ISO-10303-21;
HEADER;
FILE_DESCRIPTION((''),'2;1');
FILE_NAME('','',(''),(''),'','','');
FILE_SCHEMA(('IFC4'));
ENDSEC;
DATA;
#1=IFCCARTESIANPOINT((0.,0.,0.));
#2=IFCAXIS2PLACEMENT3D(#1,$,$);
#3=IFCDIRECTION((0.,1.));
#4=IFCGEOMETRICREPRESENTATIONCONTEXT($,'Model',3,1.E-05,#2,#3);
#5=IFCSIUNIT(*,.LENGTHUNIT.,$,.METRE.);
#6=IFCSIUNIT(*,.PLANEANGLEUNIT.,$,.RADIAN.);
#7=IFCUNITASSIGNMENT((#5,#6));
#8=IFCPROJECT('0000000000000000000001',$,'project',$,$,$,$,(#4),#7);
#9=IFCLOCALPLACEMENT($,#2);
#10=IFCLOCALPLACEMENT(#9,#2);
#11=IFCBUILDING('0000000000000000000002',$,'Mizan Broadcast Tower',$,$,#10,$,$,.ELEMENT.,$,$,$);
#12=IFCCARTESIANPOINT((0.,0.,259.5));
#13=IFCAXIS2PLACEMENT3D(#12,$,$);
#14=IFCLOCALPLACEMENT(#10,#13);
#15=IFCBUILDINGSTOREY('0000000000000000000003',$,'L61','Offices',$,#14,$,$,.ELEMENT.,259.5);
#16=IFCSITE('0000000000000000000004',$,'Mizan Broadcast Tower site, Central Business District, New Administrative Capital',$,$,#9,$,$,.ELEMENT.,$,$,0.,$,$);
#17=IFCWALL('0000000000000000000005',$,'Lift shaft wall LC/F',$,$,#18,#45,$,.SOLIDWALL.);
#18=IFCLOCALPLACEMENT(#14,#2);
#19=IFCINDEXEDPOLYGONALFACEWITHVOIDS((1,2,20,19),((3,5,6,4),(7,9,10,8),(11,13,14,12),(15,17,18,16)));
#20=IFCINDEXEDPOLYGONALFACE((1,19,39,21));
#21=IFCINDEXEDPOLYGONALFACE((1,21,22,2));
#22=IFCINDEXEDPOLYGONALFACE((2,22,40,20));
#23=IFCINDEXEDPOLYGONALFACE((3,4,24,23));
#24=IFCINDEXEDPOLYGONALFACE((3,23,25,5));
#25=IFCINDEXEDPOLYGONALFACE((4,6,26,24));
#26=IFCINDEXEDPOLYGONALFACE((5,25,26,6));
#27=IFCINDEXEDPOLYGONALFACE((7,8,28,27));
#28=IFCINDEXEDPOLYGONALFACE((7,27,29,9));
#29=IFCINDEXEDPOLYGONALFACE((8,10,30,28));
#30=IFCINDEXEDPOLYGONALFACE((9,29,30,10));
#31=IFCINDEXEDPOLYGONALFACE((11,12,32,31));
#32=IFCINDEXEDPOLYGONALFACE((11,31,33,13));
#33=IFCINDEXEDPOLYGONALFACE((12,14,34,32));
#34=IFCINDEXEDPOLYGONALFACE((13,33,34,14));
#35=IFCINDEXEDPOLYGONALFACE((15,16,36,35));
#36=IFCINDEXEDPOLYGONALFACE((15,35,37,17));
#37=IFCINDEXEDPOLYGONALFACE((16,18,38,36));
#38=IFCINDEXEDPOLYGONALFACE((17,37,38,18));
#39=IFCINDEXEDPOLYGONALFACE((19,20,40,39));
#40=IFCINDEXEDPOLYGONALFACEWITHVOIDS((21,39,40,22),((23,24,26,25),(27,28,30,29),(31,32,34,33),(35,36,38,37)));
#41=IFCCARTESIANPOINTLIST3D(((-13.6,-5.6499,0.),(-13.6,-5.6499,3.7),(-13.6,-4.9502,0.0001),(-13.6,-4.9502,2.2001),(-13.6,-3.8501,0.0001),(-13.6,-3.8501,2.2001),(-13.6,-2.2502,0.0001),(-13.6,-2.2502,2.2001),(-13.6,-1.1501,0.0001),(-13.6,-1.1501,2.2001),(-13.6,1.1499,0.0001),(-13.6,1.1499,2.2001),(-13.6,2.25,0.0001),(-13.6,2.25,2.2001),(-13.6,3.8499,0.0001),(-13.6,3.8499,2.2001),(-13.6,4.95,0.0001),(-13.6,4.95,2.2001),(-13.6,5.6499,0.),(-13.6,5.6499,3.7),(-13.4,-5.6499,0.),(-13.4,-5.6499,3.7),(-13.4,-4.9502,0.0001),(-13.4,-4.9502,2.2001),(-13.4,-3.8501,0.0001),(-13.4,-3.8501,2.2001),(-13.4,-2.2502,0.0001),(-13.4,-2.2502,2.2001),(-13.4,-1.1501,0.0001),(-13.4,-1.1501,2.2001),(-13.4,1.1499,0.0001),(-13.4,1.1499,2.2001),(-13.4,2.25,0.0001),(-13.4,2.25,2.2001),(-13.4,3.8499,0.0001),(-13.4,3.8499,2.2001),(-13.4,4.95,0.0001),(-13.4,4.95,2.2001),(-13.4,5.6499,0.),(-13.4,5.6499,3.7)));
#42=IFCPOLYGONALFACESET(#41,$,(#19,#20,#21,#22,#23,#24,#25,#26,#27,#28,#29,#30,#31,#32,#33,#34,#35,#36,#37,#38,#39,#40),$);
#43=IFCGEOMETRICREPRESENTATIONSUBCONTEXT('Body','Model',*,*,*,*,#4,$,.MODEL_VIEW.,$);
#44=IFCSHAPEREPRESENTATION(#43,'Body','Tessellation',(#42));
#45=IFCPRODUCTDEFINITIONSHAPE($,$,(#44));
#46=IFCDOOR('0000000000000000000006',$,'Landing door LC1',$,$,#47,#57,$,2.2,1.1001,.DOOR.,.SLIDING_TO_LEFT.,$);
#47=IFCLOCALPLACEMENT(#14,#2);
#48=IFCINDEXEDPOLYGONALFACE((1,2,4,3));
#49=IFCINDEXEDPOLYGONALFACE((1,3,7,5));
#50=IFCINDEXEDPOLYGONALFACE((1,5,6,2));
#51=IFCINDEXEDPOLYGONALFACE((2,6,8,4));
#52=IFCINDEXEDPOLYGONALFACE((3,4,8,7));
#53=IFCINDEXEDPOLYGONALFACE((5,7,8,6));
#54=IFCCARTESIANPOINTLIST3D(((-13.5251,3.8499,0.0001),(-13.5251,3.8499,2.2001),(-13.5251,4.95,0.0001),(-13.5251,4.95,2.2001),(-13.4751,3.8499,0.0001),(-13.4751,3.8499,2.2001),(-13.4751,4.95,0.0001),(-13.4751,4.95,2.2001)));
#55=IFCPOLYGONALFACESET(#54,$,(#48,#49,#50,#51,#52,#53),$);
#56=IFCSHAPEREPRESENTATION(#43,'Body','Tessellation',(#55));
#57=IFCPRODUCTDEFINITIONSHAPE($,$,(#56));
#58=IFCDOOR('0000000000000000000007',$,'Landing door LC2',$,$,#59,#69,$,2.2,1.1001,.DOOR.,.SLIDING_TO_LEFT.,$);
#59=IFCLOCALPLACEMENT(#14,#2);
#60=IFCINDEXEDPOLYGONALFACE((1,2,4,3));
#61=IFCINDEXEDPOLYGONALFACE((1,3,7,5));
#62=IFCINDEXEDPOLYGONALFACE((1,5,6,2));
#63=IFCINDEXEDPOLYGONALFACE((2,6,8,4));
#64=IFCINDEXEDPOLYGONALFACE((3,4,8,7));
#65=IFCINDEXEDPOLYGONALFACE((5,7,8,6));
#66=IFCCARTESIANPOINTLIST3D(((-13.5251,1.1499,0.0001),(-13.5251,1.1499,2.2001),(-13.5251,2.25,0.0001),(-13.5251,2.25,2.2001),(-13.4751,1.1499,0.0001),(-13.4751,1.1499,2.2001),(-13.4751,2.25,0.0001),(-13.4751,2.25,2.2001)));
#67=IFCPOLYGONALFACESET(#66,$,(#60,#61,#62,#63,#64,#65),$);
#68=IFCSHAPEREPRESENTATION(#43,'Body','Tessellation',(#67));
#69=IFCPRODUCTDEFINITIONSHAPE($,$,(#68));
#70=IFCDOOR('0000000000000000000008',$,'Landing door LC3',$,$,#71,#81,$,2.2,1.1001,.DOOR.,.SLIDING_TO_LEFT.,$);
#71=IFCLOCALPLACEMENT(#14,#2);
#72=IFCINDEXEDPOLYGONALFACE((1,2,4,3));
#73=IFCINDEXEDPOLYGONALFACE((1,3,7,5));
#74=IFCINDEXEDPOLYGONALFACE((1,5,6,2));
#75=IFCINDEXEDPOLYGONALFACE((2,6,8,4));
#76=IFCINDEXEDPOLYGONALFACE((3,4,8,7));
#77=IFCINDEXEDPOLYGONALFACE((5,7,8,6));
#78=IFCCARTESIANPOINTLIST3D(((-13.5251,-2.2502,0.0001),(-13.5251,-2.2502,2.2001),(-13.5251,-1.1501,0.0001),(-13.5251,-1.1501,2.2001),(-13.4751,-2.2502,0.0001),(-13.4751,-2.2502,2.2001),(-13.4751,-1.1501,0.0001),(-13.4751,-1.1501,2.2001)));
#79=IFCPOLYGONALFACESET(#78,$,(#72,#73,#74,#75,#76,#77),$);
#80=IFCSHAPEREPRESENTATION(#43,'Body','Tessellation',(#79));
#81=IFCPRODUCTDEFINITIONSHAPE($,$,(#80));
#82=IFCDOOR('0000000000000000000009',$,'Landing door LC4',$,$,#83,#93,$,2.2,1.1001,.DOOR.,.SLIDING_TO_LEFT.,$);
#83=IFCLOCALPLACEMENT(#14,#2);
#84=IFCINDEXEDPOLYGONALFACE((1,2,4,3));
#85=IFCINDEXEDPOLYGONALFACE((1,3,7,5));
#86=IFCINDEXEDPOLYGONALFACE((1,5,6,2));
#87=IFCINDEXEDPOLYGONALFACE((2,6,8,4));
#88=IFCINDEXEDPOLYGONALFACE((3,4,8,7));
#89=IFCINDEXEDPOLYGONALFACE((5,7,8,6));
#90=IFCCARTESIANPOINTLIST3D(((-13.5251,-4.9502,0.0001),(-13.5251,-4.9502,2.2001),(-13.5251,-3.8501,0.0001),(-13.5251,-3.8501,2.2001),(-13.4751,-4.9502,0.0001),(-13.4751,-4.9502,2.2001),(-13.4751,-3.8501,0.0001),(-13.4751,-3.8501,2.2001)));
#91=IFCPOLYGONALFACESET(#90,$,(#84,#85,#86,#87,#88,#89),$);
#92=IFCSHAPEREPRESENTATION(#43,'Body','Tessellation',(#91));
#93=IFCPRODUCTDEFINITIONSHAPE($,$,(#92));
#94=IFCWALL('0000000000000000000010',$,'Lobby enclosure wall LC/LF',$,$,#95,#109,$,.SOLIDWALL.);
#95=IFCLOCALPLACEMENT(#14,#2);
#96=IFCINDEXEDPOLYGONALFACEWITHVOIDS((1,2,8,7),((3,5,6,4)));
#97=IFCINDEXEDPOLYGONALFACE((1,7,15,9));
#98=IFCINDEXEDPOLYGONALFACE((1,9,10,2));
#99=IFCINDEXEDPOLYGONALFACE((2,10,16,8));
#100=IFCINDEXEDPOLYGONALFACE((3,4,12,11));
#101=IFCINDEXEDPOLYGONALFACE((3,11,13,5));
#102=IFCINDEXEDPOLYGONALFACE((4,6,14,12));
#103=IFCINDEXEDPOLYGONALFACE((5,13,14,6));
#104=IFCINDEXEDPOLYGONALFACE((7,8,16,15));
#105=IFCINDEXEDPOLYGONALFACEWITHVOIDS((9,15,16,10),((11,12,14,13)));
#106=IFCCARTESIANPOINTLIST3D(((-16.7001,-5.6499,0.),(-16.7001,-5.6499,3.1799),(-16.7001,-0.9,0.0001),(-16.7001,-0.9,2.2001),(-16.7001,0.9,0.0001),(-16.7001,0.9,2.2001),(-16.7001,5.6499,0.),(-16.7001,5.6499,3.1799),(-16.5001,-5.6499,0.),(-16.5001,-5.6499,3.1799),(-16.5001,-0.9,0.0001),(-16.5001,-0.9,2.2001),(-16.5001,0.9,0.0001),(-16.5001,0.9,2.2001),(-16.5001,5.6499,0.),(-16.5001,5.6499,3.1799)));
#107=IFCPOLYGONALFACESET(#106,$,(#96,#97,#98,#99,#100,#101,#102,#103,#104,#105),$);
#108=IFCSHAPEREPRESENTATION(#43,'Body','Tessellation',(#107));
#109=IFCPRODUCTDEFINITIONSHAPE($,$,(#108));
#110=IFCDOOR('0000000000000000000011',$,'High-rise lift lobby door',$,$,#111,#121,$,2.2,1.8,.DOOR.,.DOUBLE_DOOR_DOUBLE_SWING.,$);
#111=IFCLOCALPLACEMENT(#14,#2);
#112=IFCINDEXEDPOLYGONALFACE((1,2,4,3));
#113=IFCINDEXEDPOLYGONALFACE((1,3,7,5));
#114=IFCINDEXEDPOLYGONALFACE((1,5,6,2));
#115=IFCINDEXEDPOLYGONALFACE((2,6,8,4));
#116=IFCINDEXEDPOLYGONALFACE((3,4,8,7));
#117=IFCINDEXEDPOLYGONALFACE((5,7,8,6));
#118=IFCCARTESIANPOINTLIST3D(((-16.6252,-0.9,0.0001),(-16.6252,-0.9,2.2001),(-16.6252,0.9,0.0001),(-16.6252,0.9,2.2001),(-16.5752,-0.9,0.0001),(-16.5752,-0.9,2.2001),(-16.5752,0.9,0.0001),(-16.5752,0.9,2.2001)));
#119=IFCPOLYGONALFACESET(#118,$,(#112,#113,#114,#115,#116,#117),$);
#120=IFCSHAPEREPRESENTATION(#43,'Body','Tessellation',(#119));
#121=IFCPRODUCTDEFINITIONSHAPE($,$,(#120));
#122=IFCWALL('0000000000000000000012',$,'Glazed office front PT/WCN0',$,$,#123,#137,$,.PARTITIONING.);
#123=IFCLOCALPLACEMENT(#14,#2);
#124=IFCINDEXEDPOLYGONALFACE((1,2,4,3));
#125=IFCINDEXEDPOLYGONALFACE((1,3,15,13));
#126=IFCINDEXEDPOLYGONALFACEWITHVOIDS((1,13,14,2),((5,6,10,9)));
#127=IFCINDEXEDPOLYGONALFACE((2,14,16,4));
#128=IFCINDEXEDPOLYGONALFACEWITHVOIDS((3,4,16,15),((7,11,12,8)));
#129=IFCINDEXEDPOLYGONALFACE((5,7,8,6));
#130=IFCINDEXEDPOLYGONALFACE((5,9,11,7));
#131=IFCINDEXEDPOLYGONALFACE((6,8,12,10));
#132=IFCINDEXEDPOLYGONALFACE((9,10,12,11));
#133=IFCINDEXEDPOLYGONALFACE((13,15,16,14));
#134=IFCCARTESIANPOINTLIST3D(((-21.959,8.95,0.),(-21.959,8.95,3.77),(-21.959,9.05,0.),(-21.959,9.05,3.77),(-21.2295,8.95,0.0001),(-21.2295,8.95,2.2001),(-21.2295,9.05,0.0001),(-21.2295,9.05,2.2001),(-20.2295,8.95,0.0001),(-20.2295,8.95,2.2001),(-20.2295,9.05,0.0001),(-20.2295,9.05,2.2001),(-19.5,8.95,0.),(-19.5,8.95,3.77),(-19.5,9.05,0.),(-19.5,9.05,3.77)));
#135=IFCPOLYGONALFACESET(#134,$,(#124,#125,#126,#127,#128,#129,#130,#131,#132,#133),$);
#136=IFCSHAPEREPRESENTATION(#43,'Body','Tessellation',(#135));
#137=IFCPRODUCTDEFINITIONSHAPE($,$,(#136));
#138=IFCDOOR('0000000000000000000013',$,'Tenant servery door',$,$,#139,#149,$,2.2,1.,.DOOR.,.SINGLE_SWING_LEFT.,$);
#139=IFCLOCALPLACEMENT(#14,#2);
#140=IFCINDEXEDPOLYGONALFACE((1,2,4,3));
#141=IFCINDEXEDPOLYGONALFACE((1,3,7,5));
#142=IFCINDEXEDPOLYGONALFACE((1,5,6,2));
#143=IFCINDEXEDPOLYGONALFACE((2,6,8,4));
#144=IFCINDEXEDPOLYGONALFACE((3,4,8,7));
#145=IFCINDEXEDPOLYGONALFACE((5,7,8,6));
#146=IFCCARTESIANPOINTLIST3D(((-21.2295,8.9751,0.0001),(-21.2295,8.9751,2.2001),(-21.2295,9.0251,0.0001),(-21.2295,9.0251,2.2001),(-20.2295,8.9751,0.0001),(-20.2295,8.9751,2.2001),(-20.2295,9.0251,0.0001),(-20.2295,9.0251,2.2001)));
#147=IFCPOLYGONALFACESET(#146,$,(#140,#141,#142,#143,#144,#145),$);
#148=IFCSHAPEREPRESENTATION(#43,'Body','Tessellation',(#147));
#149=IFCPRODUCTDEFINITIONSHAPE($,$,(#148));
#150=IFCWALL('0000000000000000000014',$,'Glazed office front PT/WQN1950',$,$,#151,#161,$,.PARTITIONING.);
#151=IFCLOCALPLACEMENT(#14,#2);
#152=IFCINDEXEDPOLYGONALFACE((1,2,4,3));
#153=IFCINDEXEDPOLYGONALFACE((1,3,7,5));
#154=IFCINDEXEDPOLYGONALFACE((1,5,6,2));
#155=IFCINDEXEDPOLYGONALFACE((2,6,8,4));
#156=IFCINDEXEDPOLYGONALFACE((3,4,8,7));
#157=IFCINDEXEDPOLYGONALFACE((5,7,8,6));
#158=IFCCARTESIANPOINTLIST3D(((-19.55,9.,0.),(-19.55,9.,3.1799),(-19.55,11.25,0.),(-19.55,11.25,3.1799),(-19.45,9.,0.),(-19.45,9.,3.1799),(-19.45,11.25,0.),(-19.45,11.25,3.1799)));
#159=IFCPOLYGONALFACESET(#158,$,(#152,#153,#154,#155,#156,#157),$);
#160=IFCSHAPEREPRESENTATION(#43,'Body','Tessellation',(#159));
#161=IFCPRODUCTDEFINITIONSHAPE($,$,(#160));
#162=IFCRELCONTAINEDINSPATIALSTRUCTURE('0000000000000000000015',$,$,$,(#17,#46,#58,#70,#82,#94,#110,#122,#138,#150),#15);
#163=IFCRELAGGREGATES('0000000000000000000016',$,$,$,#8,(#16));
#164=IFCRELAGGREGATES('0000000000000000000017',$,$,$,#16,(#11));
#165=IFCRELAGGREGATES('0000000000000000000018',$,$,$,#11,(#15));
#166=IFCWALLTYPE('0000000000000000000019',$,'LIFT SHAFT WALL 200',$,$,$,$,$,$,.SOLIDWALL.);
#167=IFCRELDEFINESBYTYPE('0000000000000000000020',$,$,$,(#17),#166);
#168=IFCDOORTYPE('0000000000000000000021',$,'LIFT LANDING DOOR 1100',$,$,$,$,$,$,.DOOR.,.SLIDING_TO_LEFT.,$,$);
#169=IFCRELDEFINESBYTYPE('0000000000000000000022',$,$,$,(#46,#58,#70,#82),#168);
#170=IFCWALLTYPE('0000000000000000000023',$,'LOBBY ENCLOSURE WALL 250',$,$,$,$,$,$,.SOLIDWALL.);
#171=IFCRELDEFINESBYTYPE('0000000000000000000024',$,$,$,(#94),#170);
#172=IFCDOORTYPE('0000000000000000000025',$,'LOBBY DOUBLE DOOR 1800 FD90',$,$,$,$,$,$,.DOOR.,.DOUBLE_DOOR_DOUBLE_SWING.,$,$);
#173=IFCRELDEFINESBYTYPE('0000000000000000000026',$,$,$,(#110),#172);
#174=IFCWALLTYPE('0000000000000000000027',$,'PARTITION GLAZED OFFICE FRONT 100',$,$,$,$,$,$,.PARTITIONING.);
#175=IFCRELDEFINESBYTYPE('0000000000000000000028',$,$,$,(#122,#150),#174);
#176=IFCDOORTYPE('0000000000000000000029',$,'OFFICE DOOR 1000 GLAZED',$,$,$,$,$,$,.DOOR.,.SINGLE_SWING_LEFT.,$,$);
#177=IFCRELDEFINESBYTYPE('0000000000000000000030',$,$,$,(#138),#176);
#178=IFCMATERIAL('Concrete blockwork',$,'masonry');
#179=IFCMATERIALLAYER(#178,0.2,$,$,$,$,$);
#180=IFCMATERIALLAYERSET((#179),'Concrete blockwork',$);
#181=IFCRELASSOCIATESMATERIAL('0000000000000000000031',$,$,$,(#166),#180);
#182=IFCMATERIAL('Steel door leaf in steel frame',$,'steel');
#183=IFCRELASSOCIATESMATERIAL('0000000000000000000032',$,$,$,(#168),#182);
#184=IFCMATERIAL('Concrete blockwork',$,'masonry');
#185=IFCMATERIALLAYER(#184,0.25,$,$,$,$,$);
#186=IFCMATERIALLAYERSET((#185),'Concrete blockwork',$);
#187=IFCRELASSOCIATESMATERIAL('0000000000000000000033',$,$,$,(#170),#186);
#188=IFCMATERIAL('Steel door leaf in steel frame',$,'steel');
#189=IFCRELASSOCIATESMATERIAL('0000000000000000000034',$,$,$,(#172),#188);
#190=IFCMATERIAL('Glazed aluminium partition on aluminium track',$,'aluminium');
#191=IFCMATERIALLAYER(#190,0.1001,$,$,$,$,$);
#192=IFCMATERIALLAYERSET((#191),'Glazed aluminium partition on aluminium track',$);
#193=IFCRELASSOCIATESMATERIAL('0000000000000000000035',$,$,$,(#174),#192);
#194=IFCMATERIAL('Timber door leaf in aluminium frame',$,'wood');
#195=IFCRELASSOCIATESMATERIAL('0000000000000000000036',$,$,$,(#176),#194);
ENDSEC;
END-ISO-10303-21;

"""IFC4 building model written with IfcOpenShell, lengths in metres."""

from ifc_helpers import new_model, si_unit, direction, frame, frame_2d, origin, place, context, subcontext, project, spatial, rectangle, extrude, material, layer, layer_set, type_object, element, fill, save


model = new_model("IFC4")

# Units and contexts
model_context = context("Model", 3, precision=1e-05, world=origin(), true_north=direction((0.0, 1.0)))
body_context = subcontext(model_context, "Body", "Model", "MODEL_VIEW")
ifc_project = project(units=[si_unit("LENGTHUNIT", "METRE"), si_unit("PLANEANGLEUNIT", "RADIAN")], contexts=[model_context])

# Site, building, storey
site_placement = place(None, origin())
site = spatial("IfcSite", under=ifc_project, at=site_placement, Name="Mizan Broadcast Tower site, Central Business District, New Administrative Capital", CompositionType="ELEMENT", RefElevation=0.0)
building_placement = place(site_placement, origin())
building = spatial("IfcBuilding", under=site, at=building_placement, Name="Mizan Broadcast Tower", CompositionType="ELEMENT")
storey_placement = place(building_placement, frame((0.0, 0.0, 259.5)))
storey = spatial("IfcBuildingStorey", under=building, at=storey_placement, Name="L61", Description="Offices", CompositionType="ELEMENT", Elevation=259.5)

# Wall, openings, doors
ifc_material_1 = material(Name="Concrete blockwork", Category="masonry")
ifc_layer_1 = layer(ifc_material_1, 0.2)
ifc_layer_set_1 = layer_set([ifc_layer_1], Name="Concrete blockwork")
wall_type_1 = type_object("IfcWallType", Name="LIFT SHAFT WALL 200", PredefinedType="SOLIDWALL", material=ifc_layer_set_1)
wall_1_placement = place(storey_placement, frame((-13.5, 5.6499, 0.0), z_axis=(0.0, 0.0, 1.0), x_axis=(0.0, -1.0, 0.0)))
wall_1 = element("IfcWall", 1, at=wall_1_placement, inside=storey, type_object=wall_type_1, Name="Lift shaft wall LC/F", PredefinedType="SOLIDWALL", context=body_context, shape_type="SweptSolid", body=[
    extrude(rectangle(XDim=11.2998, YDim=0.2, at=frame_2d((5.6499, 0.0))), origin(), (0.0, 0.0, 1.0), 3.7),
])
opening_1_placement = place(wall_1_placement, frame((0.7, 0.0, 0.0)))
opening_1 = element("IfcOpeningElement", 2, at=opening_1_placement, cuts=wall_1, PredefinedType="OPENING", context=body_context, shape_type="SweptSolid", body=[
    extrude(rectangle(XDim=1.1001, YDim=2.2, at=frame_2d((0.55, 1.1001))), frame((0.0, 0.1099, 0.0), z_axis=(0.0, -1.0, 0.0), x_axis=(1.0, 0.0, 0.0)), (0.0, 0.0, 1.0), 0.22),
])
opening_2_placement = place(wall_1_placement, frame((3.3999, 0.0, 0.0)))
opening_2 = element("IfcOpeningElement", 3, at=opening_2_placement, cuts=wall_1, PredefinedType="OPENING", context=body_context, shape_type="SweptSolid", body=[
    extrude(rectangle(XDim=1.1001, YDim=2.2, at=frame_2d((0.55, 1.1001))), frame((0.0, 0.1099, 0.0), z_axis=(0.0, -1.0, 0.0), x_axis=(1.0, 0.0, 0.0)), (0.0, 0.0, 1.0), 0.22),
])
opening_3_placement = place(wall_1_placement, frame((6.8, 0.0, 0.0)))
opening_3 = element("IfcOpeningElement", 4, at=opening_3_placement, cuts=wall_1, PredefinedType="OPENING", context=body_context, shape_type="SweptSolid", body=[
    extrude(rectangle(XDim=1.1001, YDim=2.2, at=frame_2d((0.55, 1.1001))), frame((0.0, 0.1099, 0.0), z_axis=(0.0, -1.0, 0.0), x_axis=(1.0, 0.0, 0.0)), (0.0, 0.0, 1.0), 0.22),
])
opening_4_placement = place(wall_1_placement, frame((9.5, 0.0, 0.0)))
opening_4 = element("IfcOpeningElement", 5, at=opening_4_placement, cuts=wall_1, PredefinedType="OPENING", context=body_context, shape_type="SweptSolid", body=[
    extrude(rectangle(XDim=1.1001, YDim=2.2, at=frame_2d((0.55, 1.1001))), frame((0.0, 0.1099, 0.0), z_axis=(0.0, -1.0, 0.0), x_axis=(1.0, 0.0, 0.0)), (0.0, 0.0, 1.0), 0.22),
])
ifc_material_2 = material(Name="Steel door leaf in steel frame", Category="steel")
door_type_1 = type_object("IfcDoorType", Name="LIFT LANDING DOOR 1100", OperationType="SLIDING_TO_LEFT", PredefinedType="DOOR", material=ifc_material_2)
door_1_placement = place(opening_1_placement, origin())
door_1 = element("IfcDoor", 6, at=door_1_placement, inside=storey, type_object=door_type_1, Name="Landing door LC1", OperationType="SLIDING_TO_LEFT", OverallHeight=2.2, OverallWidth=1.1001, PredefinedType="DOOR", context=body_context, shape_type="SweptSolid", body=[
    extrude(rectangle(XDim=1.1001, YDim=2.2, at=frame_2d((0.55, 1.1001))), frame((0.0, 0.0249, 0.0), z_axis=(0.0, -1.0, 0.0), x_axis=(1.0, 0.0, 0.0)), (0.0, 0.0, 1.0), 0.05),
])
fill(opening_1, door_1)
door_2_placement = place(opening_2_placement, origin())
door_2 = element("IfcDoor", 7, at=door_2_placement, inside=storey, type_object=door_type_1, Name="Landing door LC2", OperationType="SLIDING_TO_LEFT", OverallHeight=2.2, OverallWidth=1.1001, PredefinedType="DOOR", context=body_context, shape_type="SweptSolid", body=[
    extrude(rectangle(XDim=1.1001, YDim=2.2, at=frame_2d((0.55, 1.1001))), frame((0.0, 0.0249, 0.0), z_axis=(0.0, -1.0, 0.0), x_axis=(1.0, 0.0, 0.0)), (0.0, 0.0, 1.0), 0.05),
])
fill(opening_2, door_2)
door_3_placement = place(opening_3_placement, origin())
door_3 = element("IfcDoor", 8, at=door_3_placement, inside=storey, type_object=door_type_1, Name="Landing door LC3", OperationType="SLIDING_TO_LEFT", OverallHeight=2.2, OverallWidth=1.1001, PredefinedType="DOOR", context=body_context, shape_type="SweptSolid", body=[
    extrude(rectangle(XDim=1.1001, YDim=2.2, at=frame_2d((0.55, 1.1001))), frame((0.0, 0.0249, 0.0), z_axis=(0.0, -1.0, 0.0), x_axis=(1.0, 0.0, 0.0)), (0.0, 0.0, 1.0), 0.05),
])
fill(opening_3, door_3)
door_4_placement = place(opening_4_placement, origin())
door_4 = element("IfcDoor", 9, at=door_4_placement, inside=storey, type_object=door_type_1, Name="Landing door LC4", OperationType="SLIDING_TO_LEFT", OverallHeight=2.2, OverallWidth=1.1001, PredefinedType="DOOR", context=body_context, shape_type="SweptSolid", body=[
    extrude(rectangle(XDim=1.1001, YDim=2.2, at=frame_2d((0.55, 1.1001))), frame((0.0, 0.0249, 0.0), z_axis=(0.0, -1.0, 0.0), x_axis=(1.0, 0.0, 0.0)), (0.0, 0.0, 1.0), 0.05),
])
fill(opening_4, door_4)

# Walls, openings, doors
ifc_material_3 = material(Name="Concrete blockwork", Category="masonry")
ifc_layer_2 = layer(ifc_material_3, 0.25)
ifc_layer_set_2 = layer_set([ifc_layer_2], Name="Concrete blockwork")
wall_type_2 = type_object("IfcWallType", Name="LOBBY ENCLOSURE WALL 250", PredefinedType="SOLIDWALL", material=ifc_layer_set_2)
wall_2_placement = place(storey_placement, frame((-16.6001, 5.6499, 0.0), z_axis=(0.0, 0.0, 1.0), x_axis=(0.0, -1.0, 0.0)))
wall_2 = element("IfcWall", 10, at=wall_2_placement, inside=storey, type_object=wall_type_2, Name="Lobby enclosure wall LC/LF", PredefinedType="SOLIDWALL", context=body_context, shape_type="SweptSolid", body=[
    extrude(rectangle(XDim=11.2998, YDim=0.2, at=frame_2d((5.6499, 0.0))), origin(), (0.0, 0.0, 1.0), 3.1799),
])
opening_5_placement = place(wall_2_placement, frame((4.75, 0.0, 0.0)))
opening_5 = element("IfcOpeningElement", 11, at=opening_5_placement, cuts=wall_2, PredefinedType="OPENING", context=body_context, shape_type="SweptSolid", body=[
    extrude(rectangle(XDim=1.8, YDim=2.2, at=frame_2d((0.8999, 1.1001))), frame((0.0, 0.1099, 0.0), z_axis=(0.0, -1.0, 0.0), x_axis=(1.0, 0.0, 0.0)), (0.0, 0.0, 1.0), 0.22),
])
ifc_material_4 = material(Name="Steel door leaf in steel frame", Category="steel")
door_type_2 = type_object("IfcDoorType", Name="LOBBY DOUBLE DOOR 1800 FD90", OperationType="DOUBLE_DOOR_DOUBLE_SWING", PredefinedType="DOOR", material=ifc_material_4)
door_5_placement = place(opening_5_placement, origin())
door_5 = element("IfcDoor", 12, at=door_5_placement, inside=storey, type_object=door_type_2, Name="High-rise lift lobby door", OperationType="DOUBLE_DOOR_DOUBLE_SWING", OverallHeight=2.2, OverallWidth=1.8, PredefinedType="DOOR", context=body_context, shape_type="SweptSolid", body=[
    extrude(rectangle(XDim=1.8, YDim=2.2, at=frame_2d((0.8999, 1.1001))), frame((0.0, 0.0249, 0.0), z_axis=(0.0, -1.0, 0.0), x_axis=(1.0, 0.0, 0.0)), (0.0, 0.0, 1.0), 0.05),
])
fill(opening_5, door_5)
ifc_material_5 = material(Name="Glazed aluminium partition on aluminium track", Category="aluminium")
ifc_layer_3 = layer(ifc_material_5, 0.1001)
ifc_layer_set_3 = layer_set([ifc_layer_3], Name="Glazed aluminium partition on aluminium track")
wall_type_3 = type_object("IfcWallType", Name="PARTITION GLAZED OFFICE FRONT 100", PredefinedType="PARTITIONING", material=ifc_layer_set_3)
wall_3_placement = place(storey_placement, frame((-19.5, 9.0, 0.0), z_axis=(0.0, 0.0, 1.0), x_axis=(-1.0, 0.0, 0.0)))
wall_3 = element("IfcWall", 13, at=wall_3_placement, inside=storey, type_object=wall_type_3, Name="Glazed office front PT/WCN0", PredefinedType="PARTITIONING", context=body_context, shape_type="SweptSolid", body=[
    extrude(rectangle(XDim=2.459, YDim=0.1001, at=frame_2d((1.2295, 0.0))), origin(), (0.0, 0.0, 1.0), 3.77),
])
opening_6_placement = place(wall_3_placement, frame((0.7295, 0.0, 0.0)))
opening_6 = element("IfcOpeningElement", 14, at=opening_6_placement, cuts=wall_3, PredefinedType="OPENING", context=body_context, shape_type="SweptSolid", body=[
    extrude(rectangle(XDim=1.0, YDim=2.2, at=frame_2d((0.5, 1.1001))), frame((0.0, 0.0601, 0.0), z_axis=(0.0, -1.0, 0.0), x_axis=(1.0, 0.0, 0.0)), (0.0, 0.0, 1.0), 0.1201),
])
ifc_material_6 = material(Name="Timber door leaf in aluminium frame", Category="wood")
door_type_3 = type_object("IfcDoorType", Name="OFFICE DOOR 1000 GLAZED", OperationType="SINGLE_SWING_LEFT", PredefinedType="DOOR", material=ifc_material_6)
door_6_placement = place(opening_6_placement, origin())
door_6 = element("IfcDoor", 15, at=door_6_placement, inside=storey, type_object=door_type_3, Name="Tenant servery door", OperationType="SINGLE_SWING_LEFT", OverallHeight=2.2, OverallWidth=1.0, PredefinedType="DOOR", context=body_context, shape_type="SweptSolid", body=[
    extrude(rectangle(XDim=1.0, YDim=2.2, at=frame_2d((0.5, 1.1001))), frame((0.0, 0.0249, 0.0), z_axis=(0.0, -1.0, 0.0), x_axis=(1.0, 0.0, 0.0)), (0.0, 0.0, 1.0), 0.05),
])
fill(opening_6, door_6)

# Wall
wall_4_placement = place(storey_placement, frame((-19.5, 9.0, 0.0), z_axis=(0.0, 0.0, 1.0), x_axis=(0.0, 1.0, 0.0)))
element("IfcWall", 16, at=wall_4_placement, inside=storey, type_object=wall_type_3, Name="Glazed office front PT/WQN1950", PredefinedType="PARTITIONING", context=body_context, shape_type="SweptSolid", body=[
    extrude(rectangle(XDim=2.25, YDim=0.1001, at=frame_2d((1.125, 0.0))), origin(), (0.0, 0.0, 1.0), 3.1799),
])

save(model, "model.ifc")
